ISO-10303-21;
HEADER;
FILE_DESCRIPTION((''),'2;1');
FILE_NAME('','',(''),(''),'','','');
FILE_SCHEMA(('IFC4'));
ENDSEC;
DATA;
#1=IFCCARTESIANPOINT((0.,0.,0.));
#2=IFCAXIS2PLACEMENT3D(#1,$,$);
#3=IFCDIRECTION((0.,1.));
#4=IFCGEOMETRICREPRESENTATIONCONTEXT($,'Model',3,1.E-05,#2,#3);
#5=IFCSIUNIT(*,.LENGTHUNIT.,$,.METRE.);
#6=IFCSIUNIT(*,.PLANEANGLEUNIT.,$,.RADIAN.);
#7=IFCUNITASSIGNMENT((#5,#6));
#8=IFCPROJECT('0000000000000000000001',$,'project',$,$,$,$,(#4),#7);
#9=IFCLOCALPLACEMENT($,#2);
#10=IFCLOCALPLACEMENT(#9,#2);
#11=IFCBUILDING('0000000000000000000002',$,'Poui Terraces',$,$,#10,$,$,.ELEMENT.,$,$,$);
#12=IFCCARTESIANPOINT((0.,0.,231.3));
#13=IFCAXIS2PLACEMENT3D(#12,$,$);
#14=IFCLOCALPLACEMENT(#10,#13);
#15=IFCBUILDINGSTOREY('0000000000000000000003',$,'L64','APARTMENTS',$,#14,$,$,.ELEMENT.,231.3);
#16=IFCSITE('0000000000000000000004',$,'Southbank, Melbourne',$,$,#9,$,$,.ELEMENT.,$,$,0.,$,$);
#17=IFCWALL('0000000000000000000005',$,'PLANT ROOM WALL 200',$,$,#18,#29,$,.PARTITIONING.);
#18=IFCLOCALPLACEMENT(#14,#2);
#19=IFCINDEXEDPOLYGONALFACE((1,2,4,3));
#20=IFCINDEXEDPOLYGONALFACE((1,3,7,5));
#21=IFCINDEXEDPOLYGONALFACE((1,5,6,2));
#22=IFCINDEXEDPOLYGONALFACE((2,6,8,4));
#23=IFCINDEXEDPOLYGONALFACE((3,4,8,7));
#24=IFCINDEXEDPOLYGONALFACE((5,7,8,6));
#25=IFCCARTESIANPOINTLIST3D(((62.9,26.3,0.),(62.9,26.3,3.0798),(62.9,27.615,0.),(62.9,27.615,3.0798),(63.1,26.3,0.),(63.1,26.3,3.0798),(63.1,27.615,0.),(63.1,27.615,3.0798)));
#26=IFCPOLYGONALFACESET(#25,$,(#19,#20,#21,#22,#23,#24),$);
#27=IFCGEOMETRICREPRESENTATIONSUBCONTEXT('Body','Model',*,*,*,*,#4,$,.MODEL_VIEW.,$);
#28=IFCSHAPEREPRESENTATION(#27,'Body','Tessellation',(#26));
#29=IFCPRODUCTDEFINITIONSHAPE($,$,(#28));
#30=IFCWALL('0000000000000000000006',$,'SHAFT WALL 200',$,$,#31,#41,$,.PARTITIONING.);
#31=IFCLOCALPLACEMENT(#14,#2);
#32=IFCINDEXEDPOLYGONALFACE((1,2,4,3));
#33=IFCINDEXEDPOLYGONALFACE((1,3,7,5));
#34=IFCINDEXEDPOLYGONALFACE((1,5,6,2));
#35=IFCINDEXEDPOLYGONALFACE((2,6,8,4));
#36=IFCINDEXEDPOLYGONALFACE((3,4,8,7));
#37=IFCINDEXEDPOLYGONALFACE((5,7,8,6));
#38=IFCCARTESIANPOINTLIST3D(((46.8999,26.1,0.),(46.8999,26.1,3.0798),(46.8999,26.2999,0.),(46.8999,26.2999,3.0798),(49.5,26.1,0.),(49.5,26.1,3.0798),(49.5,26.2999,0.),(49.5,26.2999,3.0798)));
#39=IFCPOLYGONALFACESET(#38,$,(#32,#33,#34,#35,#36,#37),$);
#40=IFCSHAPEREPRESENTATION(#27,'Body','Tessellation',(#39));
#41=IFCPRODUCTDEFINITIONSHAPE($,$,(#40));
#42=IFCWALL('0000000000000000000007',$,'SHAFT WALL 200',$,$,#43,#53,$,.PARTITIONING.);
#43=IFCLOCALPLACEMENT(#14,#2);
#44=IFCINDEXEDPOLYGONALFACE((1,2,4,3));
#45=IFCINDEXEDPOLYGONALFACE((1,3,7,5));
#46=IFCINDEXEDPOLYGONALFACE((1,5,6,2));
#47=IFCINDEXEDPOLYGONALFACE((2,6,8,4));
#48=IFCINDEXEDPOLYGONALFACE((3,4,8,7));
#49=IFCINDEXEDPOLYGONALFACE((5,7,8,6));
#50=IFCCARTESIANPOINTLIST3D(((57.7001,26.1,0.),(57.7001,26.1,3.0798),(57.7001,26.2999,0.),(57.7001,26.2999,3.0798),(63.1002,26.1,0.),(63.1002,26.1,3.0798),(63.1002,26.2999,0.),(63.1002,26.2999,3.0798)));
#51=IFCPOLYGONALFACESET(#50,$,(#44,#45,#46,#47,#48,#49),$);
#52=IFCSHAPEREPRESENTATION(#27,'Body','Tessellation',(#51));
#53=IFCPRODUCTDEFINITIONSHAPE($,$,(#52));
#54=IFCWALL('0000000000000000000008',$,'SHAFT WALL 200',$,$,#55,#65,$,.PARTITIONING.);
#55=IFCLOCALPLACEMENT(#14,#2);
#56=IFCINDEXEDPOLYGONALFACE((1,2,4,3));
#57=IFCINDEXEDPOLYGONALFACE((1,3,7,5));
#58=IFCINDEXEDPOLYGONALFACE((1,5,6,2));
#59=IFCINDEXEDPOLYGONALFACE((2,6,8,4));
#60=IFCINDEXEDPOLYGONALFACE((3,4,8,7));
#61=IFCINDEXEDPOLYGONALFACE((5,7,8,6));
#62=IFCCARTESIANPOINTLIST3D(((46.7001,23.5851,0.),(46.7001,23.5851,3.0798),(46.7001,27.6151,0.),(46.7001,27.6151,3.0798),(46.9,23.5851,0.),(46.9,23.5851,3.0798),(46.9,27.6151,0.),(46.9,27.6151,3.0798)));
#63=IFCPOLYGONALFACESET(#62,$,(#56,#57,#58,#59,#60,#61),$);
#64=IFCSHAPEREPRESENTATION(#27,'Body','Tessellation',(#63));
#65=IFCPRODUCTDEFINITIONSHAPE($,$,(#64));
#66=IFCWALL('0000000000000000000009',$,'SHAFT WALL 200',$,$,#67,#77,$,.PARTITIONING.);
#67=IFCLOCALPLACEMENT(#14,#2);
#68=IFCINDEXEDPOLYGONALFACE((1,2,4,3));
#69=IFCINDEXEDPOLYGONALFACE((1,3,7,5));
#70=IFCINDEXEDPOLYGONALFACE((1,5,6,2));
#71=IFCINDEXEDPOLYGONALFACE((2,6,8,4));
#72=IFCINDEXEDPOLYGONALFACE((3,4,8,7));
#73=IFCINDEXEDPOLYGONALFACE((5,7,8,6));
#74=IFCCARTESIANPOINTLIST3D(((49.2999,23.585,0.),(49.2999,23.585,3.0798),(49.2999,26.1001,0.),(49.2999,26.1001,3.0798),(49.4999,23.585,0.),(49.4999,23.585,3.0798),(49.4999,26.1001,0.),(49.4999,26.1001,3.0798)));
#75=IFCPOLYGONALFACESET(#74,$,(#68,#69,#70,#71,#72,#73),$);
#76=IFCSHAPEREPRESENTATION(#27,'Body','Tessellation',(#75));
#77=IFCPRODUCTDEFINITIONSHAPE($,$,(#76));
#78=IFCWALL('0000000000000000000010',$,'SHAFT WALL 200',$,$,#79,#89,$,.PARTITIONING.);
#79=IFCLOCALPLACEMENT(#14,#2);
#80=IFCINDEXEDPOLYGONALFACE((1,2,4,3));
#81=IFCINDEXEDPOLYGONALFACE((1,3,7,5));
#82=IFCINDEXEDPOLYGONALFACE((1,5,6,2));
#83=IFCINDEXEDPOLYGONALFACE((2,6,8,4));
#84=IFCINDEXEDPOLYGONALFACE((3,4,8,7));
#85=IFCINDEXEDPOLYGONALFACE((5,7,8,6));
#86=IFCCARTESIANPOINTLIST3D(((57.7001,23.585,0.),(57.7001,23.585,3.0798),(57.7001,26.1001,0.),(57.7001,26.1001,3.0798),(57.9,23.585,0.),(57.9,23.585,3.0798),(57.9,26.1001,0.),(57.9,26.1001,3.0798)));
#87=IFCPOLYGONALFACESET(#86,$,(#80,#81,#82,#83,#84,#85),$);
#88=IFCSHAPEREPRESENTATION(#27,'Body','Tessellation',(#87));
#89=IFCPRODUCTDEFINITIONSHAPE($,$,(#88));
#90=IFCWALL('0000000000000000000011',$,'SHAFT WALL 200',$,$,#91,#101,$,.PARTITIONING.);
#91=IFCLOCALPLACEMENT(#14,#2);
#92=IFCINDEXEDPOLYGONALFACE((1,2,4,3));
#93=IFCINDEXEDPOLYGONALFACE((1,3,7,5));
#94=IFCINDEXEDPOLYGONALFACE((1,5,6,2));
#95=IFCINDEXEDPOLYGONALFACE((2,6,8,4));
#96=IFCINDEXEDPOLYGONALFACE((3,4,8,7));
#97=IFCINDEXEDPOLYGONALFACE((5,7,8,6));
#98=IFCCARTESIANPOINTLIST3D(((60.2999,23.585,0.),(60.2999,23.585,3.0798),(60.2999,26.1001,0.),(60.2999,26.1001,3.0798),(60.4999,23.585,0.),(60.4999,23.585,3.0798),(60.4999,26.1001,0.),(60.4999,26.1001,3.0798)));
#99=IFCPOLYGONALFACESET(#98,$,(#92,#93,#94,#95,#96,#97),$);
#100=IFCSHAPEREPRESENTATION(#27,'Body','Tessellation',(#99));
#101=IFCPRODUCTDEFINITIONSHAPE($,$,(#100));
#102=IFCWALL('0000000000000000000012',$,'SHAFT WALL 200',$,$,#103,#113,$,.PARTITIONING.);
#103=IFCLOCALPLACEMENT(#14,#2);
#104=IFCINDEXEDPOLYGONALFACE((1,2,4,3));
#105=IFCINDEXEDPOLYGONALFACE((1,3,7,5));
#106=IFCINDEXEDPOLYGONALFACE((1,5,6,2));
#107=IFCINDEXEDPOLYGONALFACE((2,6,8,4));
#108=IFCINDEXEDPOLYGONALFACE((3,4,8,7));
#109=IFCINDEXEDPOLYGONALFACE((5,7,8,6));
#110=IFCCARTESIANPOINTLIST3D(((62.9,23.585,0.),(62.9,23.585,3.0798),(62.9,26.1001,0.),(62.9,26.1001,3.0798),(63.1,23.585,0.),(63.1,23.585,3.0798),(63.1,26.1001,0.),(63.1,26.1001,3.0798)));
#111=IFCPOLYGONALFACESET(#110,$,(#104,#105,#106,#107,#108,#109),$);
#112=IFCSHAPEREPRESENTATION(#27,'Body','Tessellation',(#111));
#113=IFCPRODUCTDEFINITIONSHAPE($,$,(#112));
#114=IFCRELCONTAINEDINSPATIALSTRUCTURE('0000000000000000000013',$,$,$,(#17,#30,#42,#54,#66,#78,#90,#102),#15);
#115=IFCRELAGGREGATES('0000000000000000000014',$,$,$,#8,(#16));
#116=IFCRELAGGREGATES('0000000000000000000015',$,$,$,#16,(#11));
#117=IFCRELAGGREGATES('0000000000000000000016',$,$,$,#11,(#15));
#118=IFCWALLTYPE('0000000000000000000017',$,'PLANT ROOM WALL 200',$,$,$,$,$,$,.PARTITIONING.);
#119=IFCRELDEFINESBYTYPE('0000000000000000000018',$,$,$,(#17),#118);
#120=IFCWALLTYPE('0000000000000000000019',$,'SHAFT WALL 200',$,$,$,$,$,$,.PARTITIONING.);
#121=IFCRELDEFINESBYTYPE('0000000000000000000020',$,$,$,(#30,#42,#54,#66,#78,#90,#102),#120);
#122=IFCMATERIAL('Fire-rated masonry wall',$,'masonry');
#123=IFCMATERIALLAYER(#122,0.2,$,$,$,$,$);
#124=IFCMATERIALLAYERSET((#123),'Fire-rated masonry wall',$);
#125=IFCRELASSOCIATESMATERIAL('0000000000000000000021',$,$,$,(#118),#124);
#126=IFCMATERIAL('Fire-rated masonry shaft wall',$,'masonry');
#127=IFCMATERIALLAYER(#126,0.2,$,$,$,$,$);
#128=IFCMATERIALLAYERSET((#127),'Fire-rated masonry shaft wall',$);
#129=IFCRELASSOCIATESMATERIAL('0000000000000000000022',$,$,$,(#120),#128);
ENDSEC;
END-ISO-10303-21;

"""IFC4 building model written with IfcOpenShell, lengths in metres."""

from ifc_helpers import new_model, si_unit, direction, frame, frame_2d, origin, place, context, subcontext, project, spatial, rectangle, extrude, material, layer, layer_set, type_object, element, save


model = new_model("IFC4")

# Units and contexts
model_context = context("Model", 3, precision=1e-05, world=origin(), true_north=direction((0.0, 1.0)))
body_context = subcontext(model_context, "Body", "Model", "MODEL_VIEW")
ifc_project = project(units=[si_unit("LENGTHUNIT", "METRE"), si_unit("PLANEANGLEUNIT", "RADIAN")], contexts=[model_context])

# Site, building, storey
site_placement = place(None, origin())
site = spatial("IfcSite", under=ifc_project, at=site_placement, Name="Southbank, Melbourne", CompositionType="ELEMENT", RefElevation=0.0)
building_placement = place(site_placement, origin())
building = spatial("IfcBuilding", under=site, at=building_placement, Name="Poui Terraces", CompositionType="ELEMENT")
storey_placement = place(building_placement, frame((0.0, 0.0, 231.3)))
storey = spatial("IfcBuildingStorey", under=building, at=storey_placement, Name="L64", Description="APARTMENTS", CompositionType="ELEMENT", Elevation=231.3)

# Walls
ifc_material_1 = material(Name="Fire-rated masonry wall", Category="masonry")
ifc_layer_1 = layer(ifc_material_1, 0.2)
ifc_layer_set_1 = layer_set([ifc_layer_1], Name="Fire-rated masonry wall")
wall_type_1 = type_object("IfcWallType", Name="PLANT ROOM WALL 200", PredefinedType="PARTITIONING", material=ifc_layer_set_1)
for number, where, z_axis, x_axis, name in (
    (1, (63.0, 26.3, 0.0), (0.0, 0.0, 1.0), (0.0, 1.0, 0.0), "PLANT ROOM WALL 200"),
):
    element("IfcWall", number, at=place(storey_placement, frame(where, z_axis=z_axis, x_axis=x_axis)), inside=storey, type_object=wall_type_1, Name=name, PredefinedType="PARTITIONING", context=body_context, shape_type="SweptSolid", body=[
        extrude(rectangle(XDim=1.3149, YDim=0.2, at=frame_2d((0.6575, 0.0))), origin(), (0.0, 0.0, 1.0), 3.0798),
    ])
ifc_material_2 = material(Name="Fire-rated masonry shaft wall", Category="masonry")
ifc_layer_2 = layer(ifc_material_2, 0.2)
ifc_layer_set_2 = layer_set([ifc_layer_2], Name="Fire-rated masonry shaft wall")
wall_type_2 = type_object("IfcWallType", Name="SHAFT WALL 200", PredefinedType="PARTITIONING", material=ifc_layer_set_2)
wall_1_placement = place(storey_placement, frame((46.8999, 26.2, 0.0), z_axis=(0.0, 0.0, 1.0), x_axis=(1.0, 0.0, 0.0)))
element("IfcWall", 2, at=wall_1_placement, inside=storey, type_object=wall_type_2, Name="SHAFT WALL 200", PredefinedType="PARTITIONING", context=body_context, shape_type="SweptSolid", body=[
    extrude(rectangle(XDim=2.6001, YDim=0.2, at=frame_2d((1.3, 0.0))), origin(), (0.0, 0.0, 1.0), 3.0798),
])
wall_2_placement = place(storey_placement, frame((57.7, 26.2, 0.0), z_axis=(0.0, 0.0, 1.0), x_axis=(1.0, 0.0, 0.0)))
element("IfcWall", 3, at=wall_2_placement, inside=storey, type_object=wall_type_2, Name="SHAFT WALL 200", PredefinedType="PARTITIONING", context=body_context, shape_type="SweptSolid", body=[
    extrude(rectangle(XDim=5.4001, YDim=0.2, at=frame_2d((2.7002, 0.0))), origin(), (0.0, 0.0, 1.0), 3.0798),
])
wall_3_placement = place(storey_placement, frame((46.8, 23.585, 0.0), z_axis=(0.0, 0.0, 1.0), x_axis=(0.0, 1.0, 0.0)))
element("IfcWall", 4, at=wall_3_placement, inside=storey, type_object=wall_type_2, Name="SHAFT WALL 200", PredefinedType="PARTITIONING", context=body_context, shape_type="SweptSolid", body=[
    extrude(rectangle(XDim=4.03, YDim=0.2, at=frame_2d((2.0151, 0.0))), origin(), (0.0, 0.0, 1.0), 3.0798),
])
for number, where, z_axis, x_axis, name in (
    (5, (49.3999, 23.585, 0.0), (0.0, 0.0, 1.0), (0.0, 1.0, 0.0), "SHAFT WALL 200"),
    (6, (57.8, 23.585, 0.0), (0.0, 0.0, 1.0), (0.0, 1.0, 0.0), "SHAFT WALL 200"),
    (7, (60.3999, 23.585, 0.0), (0.0, 0.0, 1.0), (0.0, 1.0, 0.0), "SHAFT WALL 200"),
    (8, (63.0, 23.585, 0.0), (0.0, 0.0, 1.0), (0.0, 1.0, 0.0), "SHAFT WALL 200"),
):
    element("IfcWall", number, at=place(storey_placement, frame(where, z_axis=z_axis, x_axis=x_axis)), inside=storey, type_object=wall_type_2, Name=name, PredefinedType="PARTITIONING", context=body_context, shape_type="SweptSolid", body=[
        extrude(rectangle(XDim=2.5151, YDim=0.2, at=frame_2d((1.2576, 0.0))), origin(), (0.0, 0.0, 1.0), 3.0798),
    ])

save(model, "model.ifc")
